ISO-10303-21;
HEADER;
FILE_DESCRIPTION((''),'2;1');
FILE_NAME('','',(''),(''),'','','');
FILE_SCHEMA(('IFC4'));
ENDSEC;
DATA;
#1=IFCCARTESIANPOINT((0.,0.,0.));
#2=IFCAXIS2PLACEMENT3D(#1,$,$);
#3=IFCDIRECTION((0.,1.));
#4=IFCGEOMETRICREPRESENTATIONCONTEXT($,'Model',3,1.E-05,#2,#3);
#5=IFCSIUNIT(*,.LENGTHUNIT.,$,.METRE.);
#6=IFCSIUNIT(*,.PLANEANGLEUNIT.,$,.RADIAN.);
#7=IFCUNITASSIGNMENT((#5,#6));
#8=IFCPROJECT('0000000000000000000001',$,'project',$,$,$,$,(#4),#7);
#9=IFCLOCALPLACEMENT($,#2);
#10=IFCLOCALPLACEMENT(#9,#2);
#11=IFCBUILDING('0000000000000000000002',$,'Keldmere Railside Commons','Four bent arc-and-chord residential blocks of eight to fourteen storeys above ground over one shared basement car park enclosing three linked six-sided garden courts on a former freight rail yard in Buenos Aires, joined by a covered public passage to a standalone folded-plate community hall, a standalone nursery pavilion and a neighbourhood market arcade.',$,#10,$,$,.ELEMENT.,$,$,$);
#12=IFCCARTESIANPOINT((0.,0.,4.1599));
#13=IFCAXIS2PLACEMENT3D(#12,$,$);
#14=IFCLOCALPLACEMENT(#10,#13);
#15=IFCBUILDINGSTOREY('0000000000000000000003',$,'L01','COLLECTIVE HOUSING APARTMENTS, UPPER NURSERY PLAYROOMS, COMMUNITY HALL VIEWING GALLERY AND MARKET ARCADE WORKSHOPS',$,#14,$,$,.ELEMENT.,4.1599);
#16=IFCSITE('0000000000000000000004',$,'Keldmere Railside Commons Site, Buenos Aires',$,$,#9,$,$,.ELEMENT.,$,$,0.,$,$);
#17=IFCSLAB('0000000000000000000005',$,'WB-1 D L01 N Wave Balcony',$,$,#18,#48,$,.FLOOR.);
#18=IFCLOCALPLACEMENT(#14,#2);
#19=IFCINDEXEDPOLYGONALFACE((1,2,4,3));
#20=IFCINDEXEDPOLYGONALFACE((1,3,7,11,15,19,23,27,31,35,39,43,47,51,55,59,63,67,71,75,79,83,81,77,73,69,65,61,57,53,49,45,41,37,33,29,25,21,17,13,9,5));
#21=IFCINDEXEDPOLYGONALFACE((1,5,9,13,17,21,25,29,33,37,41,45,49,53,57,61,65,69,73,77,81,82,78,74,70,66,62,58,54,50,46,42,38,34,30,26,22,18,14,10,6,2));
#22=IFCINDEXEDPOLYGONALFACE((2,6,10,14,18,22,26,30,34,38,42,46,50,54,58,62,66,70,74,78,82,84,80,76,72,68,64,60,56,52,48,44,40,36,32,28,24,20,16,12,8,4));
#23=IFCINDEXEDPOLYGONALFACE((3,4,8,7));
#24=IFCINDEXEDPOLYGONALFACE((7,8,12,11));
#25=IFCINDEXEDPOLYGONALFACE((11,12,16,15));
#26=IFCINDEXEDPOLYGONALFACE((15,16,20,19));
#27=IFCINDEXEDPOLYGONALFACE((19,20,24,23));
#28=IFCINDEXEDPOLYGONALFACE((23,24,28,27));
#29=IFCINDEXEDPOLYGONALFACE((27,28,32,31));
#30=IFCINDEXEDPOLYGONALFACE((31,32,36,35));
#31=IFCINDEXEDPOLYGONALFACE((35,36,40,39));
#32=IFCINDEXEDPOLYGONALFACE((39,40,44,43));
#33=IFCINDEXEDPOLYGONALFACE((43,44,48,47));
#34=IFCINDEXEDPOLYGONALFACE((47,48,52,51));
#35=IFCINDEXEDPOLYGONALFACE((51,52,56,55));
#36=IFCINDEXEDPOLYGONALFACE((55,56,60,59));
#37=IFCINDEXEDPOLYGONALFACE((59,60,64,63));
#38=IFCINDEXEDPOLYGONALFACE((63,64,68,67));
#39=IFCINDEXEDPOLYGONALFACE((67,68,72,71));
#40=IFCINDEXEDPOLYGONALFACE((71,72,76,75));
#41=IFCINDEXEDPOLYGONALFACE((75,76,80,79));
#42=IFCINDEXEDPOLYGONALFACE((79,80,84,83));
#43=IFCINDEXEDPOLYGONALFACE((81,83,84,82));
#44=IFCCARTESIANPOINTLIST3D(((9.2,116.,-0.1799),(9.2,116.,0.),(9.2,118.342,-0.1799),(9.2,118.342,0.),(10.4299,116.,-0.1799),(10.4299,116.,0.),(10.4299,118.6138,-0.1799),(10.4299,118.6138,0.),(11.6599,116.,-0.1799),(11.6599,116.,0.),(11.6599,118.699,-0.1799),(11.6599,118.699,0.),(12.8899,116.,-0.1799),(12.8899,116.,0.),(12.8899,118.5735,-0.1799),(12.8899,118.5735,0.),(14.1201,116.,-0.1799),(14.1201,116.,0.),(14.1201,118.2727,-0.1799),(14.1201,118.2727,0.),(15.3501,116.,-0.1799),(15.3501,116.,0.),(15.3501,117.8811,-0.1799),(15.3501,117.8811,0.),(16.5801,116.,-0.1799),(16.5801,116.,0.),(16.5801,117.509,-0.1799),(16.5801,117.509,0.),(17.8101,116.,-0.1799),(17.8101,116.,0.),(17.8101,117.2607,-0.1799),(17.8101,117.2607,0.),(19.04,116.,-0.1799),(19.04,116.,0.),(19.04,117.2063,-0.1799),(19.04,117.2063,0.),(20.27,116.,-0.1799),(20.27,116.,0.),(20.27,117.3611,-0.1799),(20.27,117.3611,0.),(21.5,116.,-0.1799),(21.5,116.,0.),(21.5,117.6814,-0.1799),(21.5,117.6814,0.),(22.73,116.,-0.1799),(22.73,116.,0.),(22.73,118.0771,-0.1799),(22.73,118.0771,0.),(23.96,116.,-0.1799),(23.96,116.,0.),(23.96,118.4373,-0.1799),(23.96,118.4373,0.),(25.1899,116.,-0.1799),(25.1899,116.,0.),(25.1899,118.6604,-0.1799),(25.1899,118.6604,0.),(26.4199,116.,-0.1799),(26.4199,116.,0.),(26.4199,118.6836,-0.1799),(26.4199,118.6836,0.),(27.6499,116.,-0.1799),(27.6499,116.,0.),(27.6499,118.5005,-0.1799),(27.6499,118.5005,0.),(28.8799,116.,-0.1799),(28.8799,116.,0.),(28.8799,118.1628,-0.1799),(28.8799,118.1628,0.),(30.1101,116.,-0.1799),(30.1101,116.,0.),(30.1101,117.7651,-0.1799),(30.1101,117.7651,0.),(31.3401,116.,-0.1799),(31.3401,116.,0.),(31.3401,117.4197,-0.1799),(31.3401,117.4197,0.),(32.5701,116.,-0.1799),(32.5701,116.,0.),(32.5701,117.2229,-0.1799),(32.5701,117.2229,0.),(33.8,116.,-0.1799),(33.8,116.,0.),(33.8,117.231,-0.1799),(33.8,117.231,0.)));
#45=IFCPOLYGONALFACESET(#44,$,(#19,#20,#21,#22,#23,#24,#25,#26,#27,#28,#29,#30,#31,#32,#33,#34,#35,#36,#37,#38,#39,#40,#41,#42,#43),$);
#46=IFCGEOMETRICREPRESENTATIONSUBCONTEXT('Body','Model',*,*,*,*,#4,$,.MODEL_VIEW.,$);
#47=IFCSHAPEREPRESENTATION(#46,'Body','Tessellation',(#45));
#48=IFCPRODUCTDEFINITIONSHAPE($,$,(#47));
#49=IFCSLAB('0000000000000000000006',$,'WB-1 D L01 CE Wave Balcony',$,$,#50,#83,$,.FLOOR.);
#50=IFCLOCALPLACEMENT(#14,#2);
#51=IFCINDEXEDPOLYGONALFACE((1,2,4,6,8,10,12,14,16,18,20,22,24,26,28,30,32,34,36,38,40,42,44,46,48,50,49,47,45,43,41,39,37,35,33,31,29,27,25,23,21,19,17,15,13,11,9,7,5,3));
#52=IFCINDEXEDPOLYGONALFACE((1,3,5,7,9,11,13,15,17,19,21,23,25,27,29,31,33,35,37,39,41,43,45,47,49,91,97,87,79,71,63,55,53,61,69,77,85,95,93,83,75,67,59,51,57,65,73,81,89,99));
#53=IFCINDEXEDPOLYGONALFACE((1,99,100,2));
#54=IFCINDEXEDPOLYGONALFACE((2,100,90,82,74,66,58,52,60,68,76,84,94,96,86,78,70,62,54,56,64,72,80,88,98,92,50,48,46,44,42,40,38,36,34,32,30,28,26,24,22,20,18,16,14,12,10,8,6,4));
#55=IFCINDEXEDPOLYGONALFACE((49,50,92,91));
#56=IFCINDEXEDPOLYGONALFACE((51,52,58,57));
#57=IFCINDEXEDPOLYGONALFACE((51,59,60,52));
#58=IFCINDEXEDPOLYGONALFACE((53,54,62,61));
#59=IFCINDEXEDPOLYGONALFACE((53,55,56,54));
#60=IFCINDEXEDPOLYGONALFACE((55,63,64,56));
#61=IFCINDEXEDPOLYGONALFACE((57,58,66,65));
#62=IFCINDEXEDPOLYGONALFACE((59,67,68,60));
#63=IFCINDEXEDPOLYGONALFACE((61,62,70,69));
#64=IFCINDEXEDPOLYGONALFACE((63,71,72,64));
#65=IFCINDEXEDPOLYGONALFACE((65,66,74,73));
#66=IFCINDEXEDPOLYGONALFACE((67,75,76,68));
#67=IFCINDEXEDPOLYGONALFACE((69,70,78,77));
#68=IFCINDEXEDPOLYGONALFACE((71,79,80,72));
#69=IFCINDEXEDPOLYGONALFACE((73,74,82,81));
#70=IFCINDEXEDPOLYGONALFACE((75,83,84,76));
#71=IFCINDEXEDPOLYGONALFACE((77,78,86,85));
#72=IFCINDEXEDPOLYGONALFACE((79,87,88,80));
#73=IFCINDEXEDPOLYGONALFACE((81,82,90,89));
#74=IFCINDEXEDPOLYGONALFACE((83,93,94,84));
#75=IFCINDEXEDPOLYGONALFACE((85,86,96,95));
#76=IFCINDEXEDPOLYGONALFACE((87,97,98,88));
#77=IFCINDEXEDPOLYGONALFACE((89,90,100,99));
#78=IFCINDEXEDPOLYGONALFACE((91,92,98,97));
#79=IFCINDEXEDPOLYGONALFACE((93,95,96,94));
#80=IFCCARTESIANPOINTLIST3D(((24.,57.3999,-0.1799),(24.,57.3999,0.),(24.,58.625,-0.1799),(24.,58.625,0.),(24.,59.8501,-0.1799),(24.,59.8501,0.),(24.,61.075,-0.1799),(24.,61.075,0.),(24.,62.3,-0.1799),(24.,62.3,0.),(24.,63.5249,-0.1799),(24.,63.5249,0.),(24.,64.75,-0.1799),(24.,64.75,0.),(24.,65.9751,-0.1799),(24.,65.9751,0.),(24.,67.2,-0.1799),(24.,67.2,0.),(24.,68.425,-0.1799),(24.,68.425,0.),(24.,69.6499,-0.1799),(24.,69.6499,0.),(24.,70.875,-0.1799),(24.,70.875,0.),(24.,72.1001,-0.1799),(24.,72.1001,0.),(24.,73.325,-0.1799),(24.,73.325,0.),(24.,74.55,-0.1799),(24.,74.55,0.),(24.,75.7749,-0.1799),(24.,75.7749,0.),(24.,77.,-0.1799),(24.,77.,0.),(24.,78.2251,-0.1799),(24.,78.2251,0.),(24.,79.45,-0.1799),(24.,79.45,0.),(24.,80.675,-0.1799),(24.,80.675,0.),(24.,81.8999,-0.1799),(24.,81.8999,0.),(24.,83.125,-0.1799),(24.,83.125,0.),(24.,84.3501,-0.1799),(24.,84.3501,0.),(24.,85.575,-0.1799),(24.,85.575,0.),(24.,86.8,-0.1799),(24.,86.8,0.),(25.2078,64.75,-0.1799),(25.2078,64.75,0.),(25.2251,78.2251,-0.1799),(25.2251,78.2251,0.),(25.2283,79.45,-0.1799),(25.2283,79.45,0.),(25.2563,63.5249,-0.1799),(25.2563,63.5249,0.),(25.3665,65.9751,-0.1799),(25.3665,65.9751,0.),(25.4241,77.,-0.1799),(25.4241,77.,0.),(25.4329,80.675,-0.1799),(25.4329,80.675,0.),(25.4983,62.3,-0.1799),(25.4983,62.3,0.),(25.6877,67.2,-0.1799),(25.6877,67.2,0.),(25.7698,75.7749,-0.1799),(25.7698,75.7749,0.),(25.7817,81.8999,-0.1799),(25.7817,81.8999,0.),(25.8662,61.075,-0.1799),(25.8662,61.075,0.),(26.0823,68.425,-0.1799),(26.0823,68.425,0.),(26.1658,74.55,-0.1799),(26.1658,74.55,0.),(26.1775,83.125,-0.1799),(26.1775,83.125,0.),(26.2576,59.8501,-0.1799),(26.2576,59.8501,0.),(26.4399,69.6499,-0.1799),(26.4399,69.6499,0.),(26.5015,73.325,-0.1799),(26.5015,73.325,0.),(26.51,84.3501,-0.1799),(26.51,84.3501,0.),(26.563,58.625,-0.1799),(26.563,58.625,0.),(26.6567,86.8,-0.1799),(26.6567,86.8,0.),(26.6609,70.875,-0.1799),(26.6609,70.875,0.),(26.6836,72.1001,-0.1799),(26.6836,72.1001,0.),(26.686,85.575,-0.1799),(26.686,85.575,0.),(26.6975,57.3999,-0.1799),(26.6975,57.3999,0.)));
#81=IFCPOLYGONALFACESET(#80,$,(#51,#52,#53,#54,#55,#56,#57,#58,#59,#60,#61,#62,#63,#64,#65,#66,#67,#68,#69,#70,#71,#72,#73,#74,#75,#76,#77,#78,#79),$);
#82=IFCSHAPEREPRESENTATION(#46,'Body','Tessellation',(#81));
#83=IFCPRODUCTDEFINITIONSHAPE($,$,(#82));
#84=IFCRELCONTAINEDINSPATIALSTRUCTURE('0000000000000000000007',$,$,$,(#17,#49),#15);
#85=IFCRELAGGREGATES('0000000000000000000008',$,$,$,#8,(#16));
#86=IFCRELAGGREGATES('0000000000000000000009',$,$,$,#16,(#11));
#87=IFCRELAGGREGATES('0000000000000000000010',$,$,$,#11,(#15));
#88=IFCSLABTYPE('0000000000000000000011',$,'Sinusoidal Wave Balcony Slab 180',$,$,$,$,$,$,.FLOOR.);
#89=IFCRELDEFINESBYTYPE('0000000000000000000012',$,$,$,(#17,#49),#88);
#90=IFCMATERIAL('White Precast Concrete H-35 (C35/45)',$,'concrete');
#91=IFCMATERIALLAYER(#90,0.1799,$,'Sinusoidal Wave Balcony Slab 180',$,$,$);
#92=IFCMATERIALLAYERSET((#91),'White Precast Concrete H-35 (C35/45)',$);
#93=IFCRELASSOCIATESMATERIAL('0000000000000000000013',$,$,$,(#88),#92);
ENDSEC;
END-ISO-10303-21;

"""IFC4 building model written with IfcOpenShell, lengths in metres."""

from ifc_helpers import new_model, si_unit, direction, frame, origin, place, context, subcontext, project, spatial, polyline, outline, extrude, material, layer, layer_set, type_object, element, save


model = new_model("IFC4")

# Units and contexts
model_context = context("Model", 3, precision=1e-05, world=origin(), true_north=direction((0.0, 1.0)))
body_context = subcontext(model_context, "Body", "Model", "MODEL_VIEW")
ifc_project = project(units=[si_unit("LENGTHUNIT", "METRE"), si_unit("PLANEANGLEUNIT", "RADIAN")], contexts=[model_context])

# Site, building, storey
site_placement = place(None, origin())
site = spatial("IfcSite", under=ifc_project, at=site_placement, Name="Keldmere Railside Commons Site, Buenos Aires", CompositionType="ELEMENT", RefElevation=0.0)
building_placement = place(site_placement, origin())
building = spatial("IfcBuilding", under=site, at=building_placement, Name="Keldmere Railside Commons", Description="Four bent arc-and-chord residential blocks of eight to fourteen storeys above ground over one shared basement car park enclosing three linked six-sided garden courts on a former freight rail yard in Buenos Aires, joined by a covered public passage to a standalone folded-plate community hall, a standalone nursery pavilion and a neighbourhood market arcade.", CompositionType="ELEMENT")
storey_placement = place(building_placement, frame((0.0, 0.0, 4.1599)))
storey = spatial("IfcBuildingStorey", under=building, at=storey_placement, Name="L01", Description="COLLECTIVE HOUSING APARTMENTS, UPPER NURSERY PLAYROOMS, COMMUNITY HALL VIEWING GALLERY AND MARKET ARCADE WORKSHOPS", CompositionType="ELEMENT", Elevation=4.1599)

# Slabs
ifc_material_1 = material(Name="White Precast Concrete H-35 (C35/45)", Category="concrete")
ifc_layer_1 = layer(ifc_material_1, 0.1799, Name="Sinusoidal Wave Balcony Slab 180")
ifc_layer_set_1 = layer_set([ifc_layer_1], Name="White Precast Concrete H-35 (C35/45)")
slab_type_1 = type_object("IfcSlabType", Name="Sinusoidal Wave Balcony Slab 180", PredefinedType="FLOOR", material=ifc_layer_set_1)
slab_1_placement = place(storey_placement, frame((0.0, 0.0, -0.1799)))
element("IfcSlab", 1, at=slab_1_placement, inside=storey, type_object=slab_type_1, Name="WB-1 D L01 N Wave Balcony", PredefinedType="FLOOR", context=body_context, shape_type="SweptSolid", body=[
    extrude(outline(polyline([(9.2, 116.0), (10.4299, 116.0), (11.6599, 116.0), (12.8899, 116.0), (14.1201, 116.0), (15.3501, 116.0), (16.5801, 116.0), (17.8101, 116.0), (19.04, 116.0), (20.27, 116.0), (21.5, 116.0), (22.73, 116.0), (23.96, 116.0), (25.1899, 116.0), (26.4199, 116.0), (27.6499, 116.0), (28.8799, 116.0), (30.1101, 116.0), (31.3401, 116.0), (32.5701, 116.0), (33.8, 116.0), (33.8, 117.231), (32.5701, 117.2229), (31.3401, 117.4197), (30.1101, 117.7651), (28.8799, 118.1628), (27.6499, 118.5005), (26.4199, 118.6836), (25.1899, 118.6604), (23.96, 118.4373), (22.73, 118.0771), (21.5, 117.6814), (20.27, 117.3611), (19.04, 117.2063), (17.8101, 117.2607), (16.5801, 117.509), (15.3501, 117.8811), (14.1201, 118.2727), (12.8899, 118.5735), (11.6599, 118.699), (10.4299, 118.6138), (9.2, 118.342), (9.2, 116.0)])), origin(), (0.0, 0.0, 1.0), 0.1799),
])
slab_2_placement = place(storey_placement, frame((0.0, 0.0, -0.1799)))
element("IfcSlab", 2, at=slab_2_placement, inside=storey, type_object=slab_type_1, Name="WB-1 D L01 CE Wave Balcony", PredefinedType="FLOOR", context=body_context, shape_type="SweptSolid", body=[
    extrude(outline(polyline([(26.6975, 57.3999), (26.563, 58.625), (26.2576, 59.8501), (25.8662, 61.075), (25.4983, 62.3), (25.2563, 63.5249), (25.2078, 64.75), (25.3665, 65.9751), (25.6877, 67.2), (26.0823, 68.425), (26.4399, 69.6499), (26.6609, 70.875), (26.6836, 72.1001), (26.5015, 73.325), (26.1658, 74.55), (25.7698, 75.7749), (25.4241, 77.0), (25.2251, 78.2251), (25.2283, 79.45), (25.4329, 80.675), (25.7817, 81.8999), (26.1775, 83.125), (26.51, 84.3501), (26.686, 85.575), (26.6567, 86.8), (24.0, 86.8), (24.0, 85.575), (24.0, 84.3501), (24.0, 83.125), (24.0, 81.8999), (24.0, 80.675), (24.0, 79.45), (24.0, 78.2251), (24.0, 77.0), (24.0, 75.7749), (24.0, 74.55), (24.0, 73.325), (24.0, 72.1001), (24.0, 70.875), (24.0, 69.6499), (24.0, 68.425), (24.0, 67.2), (24.0, 65.9751), (24.0, 64.75), (24.0, 63.5249), (24.0, 62.3), (24.0, 61.075), (24.0, 59.8501), (24.0, 58.625), (24.0, 57.3999), (26.6975, 57.3999)])), origin(), (0.0, 0.0, 1.0), 0.1799),
])

save(model, "model.ifc")
